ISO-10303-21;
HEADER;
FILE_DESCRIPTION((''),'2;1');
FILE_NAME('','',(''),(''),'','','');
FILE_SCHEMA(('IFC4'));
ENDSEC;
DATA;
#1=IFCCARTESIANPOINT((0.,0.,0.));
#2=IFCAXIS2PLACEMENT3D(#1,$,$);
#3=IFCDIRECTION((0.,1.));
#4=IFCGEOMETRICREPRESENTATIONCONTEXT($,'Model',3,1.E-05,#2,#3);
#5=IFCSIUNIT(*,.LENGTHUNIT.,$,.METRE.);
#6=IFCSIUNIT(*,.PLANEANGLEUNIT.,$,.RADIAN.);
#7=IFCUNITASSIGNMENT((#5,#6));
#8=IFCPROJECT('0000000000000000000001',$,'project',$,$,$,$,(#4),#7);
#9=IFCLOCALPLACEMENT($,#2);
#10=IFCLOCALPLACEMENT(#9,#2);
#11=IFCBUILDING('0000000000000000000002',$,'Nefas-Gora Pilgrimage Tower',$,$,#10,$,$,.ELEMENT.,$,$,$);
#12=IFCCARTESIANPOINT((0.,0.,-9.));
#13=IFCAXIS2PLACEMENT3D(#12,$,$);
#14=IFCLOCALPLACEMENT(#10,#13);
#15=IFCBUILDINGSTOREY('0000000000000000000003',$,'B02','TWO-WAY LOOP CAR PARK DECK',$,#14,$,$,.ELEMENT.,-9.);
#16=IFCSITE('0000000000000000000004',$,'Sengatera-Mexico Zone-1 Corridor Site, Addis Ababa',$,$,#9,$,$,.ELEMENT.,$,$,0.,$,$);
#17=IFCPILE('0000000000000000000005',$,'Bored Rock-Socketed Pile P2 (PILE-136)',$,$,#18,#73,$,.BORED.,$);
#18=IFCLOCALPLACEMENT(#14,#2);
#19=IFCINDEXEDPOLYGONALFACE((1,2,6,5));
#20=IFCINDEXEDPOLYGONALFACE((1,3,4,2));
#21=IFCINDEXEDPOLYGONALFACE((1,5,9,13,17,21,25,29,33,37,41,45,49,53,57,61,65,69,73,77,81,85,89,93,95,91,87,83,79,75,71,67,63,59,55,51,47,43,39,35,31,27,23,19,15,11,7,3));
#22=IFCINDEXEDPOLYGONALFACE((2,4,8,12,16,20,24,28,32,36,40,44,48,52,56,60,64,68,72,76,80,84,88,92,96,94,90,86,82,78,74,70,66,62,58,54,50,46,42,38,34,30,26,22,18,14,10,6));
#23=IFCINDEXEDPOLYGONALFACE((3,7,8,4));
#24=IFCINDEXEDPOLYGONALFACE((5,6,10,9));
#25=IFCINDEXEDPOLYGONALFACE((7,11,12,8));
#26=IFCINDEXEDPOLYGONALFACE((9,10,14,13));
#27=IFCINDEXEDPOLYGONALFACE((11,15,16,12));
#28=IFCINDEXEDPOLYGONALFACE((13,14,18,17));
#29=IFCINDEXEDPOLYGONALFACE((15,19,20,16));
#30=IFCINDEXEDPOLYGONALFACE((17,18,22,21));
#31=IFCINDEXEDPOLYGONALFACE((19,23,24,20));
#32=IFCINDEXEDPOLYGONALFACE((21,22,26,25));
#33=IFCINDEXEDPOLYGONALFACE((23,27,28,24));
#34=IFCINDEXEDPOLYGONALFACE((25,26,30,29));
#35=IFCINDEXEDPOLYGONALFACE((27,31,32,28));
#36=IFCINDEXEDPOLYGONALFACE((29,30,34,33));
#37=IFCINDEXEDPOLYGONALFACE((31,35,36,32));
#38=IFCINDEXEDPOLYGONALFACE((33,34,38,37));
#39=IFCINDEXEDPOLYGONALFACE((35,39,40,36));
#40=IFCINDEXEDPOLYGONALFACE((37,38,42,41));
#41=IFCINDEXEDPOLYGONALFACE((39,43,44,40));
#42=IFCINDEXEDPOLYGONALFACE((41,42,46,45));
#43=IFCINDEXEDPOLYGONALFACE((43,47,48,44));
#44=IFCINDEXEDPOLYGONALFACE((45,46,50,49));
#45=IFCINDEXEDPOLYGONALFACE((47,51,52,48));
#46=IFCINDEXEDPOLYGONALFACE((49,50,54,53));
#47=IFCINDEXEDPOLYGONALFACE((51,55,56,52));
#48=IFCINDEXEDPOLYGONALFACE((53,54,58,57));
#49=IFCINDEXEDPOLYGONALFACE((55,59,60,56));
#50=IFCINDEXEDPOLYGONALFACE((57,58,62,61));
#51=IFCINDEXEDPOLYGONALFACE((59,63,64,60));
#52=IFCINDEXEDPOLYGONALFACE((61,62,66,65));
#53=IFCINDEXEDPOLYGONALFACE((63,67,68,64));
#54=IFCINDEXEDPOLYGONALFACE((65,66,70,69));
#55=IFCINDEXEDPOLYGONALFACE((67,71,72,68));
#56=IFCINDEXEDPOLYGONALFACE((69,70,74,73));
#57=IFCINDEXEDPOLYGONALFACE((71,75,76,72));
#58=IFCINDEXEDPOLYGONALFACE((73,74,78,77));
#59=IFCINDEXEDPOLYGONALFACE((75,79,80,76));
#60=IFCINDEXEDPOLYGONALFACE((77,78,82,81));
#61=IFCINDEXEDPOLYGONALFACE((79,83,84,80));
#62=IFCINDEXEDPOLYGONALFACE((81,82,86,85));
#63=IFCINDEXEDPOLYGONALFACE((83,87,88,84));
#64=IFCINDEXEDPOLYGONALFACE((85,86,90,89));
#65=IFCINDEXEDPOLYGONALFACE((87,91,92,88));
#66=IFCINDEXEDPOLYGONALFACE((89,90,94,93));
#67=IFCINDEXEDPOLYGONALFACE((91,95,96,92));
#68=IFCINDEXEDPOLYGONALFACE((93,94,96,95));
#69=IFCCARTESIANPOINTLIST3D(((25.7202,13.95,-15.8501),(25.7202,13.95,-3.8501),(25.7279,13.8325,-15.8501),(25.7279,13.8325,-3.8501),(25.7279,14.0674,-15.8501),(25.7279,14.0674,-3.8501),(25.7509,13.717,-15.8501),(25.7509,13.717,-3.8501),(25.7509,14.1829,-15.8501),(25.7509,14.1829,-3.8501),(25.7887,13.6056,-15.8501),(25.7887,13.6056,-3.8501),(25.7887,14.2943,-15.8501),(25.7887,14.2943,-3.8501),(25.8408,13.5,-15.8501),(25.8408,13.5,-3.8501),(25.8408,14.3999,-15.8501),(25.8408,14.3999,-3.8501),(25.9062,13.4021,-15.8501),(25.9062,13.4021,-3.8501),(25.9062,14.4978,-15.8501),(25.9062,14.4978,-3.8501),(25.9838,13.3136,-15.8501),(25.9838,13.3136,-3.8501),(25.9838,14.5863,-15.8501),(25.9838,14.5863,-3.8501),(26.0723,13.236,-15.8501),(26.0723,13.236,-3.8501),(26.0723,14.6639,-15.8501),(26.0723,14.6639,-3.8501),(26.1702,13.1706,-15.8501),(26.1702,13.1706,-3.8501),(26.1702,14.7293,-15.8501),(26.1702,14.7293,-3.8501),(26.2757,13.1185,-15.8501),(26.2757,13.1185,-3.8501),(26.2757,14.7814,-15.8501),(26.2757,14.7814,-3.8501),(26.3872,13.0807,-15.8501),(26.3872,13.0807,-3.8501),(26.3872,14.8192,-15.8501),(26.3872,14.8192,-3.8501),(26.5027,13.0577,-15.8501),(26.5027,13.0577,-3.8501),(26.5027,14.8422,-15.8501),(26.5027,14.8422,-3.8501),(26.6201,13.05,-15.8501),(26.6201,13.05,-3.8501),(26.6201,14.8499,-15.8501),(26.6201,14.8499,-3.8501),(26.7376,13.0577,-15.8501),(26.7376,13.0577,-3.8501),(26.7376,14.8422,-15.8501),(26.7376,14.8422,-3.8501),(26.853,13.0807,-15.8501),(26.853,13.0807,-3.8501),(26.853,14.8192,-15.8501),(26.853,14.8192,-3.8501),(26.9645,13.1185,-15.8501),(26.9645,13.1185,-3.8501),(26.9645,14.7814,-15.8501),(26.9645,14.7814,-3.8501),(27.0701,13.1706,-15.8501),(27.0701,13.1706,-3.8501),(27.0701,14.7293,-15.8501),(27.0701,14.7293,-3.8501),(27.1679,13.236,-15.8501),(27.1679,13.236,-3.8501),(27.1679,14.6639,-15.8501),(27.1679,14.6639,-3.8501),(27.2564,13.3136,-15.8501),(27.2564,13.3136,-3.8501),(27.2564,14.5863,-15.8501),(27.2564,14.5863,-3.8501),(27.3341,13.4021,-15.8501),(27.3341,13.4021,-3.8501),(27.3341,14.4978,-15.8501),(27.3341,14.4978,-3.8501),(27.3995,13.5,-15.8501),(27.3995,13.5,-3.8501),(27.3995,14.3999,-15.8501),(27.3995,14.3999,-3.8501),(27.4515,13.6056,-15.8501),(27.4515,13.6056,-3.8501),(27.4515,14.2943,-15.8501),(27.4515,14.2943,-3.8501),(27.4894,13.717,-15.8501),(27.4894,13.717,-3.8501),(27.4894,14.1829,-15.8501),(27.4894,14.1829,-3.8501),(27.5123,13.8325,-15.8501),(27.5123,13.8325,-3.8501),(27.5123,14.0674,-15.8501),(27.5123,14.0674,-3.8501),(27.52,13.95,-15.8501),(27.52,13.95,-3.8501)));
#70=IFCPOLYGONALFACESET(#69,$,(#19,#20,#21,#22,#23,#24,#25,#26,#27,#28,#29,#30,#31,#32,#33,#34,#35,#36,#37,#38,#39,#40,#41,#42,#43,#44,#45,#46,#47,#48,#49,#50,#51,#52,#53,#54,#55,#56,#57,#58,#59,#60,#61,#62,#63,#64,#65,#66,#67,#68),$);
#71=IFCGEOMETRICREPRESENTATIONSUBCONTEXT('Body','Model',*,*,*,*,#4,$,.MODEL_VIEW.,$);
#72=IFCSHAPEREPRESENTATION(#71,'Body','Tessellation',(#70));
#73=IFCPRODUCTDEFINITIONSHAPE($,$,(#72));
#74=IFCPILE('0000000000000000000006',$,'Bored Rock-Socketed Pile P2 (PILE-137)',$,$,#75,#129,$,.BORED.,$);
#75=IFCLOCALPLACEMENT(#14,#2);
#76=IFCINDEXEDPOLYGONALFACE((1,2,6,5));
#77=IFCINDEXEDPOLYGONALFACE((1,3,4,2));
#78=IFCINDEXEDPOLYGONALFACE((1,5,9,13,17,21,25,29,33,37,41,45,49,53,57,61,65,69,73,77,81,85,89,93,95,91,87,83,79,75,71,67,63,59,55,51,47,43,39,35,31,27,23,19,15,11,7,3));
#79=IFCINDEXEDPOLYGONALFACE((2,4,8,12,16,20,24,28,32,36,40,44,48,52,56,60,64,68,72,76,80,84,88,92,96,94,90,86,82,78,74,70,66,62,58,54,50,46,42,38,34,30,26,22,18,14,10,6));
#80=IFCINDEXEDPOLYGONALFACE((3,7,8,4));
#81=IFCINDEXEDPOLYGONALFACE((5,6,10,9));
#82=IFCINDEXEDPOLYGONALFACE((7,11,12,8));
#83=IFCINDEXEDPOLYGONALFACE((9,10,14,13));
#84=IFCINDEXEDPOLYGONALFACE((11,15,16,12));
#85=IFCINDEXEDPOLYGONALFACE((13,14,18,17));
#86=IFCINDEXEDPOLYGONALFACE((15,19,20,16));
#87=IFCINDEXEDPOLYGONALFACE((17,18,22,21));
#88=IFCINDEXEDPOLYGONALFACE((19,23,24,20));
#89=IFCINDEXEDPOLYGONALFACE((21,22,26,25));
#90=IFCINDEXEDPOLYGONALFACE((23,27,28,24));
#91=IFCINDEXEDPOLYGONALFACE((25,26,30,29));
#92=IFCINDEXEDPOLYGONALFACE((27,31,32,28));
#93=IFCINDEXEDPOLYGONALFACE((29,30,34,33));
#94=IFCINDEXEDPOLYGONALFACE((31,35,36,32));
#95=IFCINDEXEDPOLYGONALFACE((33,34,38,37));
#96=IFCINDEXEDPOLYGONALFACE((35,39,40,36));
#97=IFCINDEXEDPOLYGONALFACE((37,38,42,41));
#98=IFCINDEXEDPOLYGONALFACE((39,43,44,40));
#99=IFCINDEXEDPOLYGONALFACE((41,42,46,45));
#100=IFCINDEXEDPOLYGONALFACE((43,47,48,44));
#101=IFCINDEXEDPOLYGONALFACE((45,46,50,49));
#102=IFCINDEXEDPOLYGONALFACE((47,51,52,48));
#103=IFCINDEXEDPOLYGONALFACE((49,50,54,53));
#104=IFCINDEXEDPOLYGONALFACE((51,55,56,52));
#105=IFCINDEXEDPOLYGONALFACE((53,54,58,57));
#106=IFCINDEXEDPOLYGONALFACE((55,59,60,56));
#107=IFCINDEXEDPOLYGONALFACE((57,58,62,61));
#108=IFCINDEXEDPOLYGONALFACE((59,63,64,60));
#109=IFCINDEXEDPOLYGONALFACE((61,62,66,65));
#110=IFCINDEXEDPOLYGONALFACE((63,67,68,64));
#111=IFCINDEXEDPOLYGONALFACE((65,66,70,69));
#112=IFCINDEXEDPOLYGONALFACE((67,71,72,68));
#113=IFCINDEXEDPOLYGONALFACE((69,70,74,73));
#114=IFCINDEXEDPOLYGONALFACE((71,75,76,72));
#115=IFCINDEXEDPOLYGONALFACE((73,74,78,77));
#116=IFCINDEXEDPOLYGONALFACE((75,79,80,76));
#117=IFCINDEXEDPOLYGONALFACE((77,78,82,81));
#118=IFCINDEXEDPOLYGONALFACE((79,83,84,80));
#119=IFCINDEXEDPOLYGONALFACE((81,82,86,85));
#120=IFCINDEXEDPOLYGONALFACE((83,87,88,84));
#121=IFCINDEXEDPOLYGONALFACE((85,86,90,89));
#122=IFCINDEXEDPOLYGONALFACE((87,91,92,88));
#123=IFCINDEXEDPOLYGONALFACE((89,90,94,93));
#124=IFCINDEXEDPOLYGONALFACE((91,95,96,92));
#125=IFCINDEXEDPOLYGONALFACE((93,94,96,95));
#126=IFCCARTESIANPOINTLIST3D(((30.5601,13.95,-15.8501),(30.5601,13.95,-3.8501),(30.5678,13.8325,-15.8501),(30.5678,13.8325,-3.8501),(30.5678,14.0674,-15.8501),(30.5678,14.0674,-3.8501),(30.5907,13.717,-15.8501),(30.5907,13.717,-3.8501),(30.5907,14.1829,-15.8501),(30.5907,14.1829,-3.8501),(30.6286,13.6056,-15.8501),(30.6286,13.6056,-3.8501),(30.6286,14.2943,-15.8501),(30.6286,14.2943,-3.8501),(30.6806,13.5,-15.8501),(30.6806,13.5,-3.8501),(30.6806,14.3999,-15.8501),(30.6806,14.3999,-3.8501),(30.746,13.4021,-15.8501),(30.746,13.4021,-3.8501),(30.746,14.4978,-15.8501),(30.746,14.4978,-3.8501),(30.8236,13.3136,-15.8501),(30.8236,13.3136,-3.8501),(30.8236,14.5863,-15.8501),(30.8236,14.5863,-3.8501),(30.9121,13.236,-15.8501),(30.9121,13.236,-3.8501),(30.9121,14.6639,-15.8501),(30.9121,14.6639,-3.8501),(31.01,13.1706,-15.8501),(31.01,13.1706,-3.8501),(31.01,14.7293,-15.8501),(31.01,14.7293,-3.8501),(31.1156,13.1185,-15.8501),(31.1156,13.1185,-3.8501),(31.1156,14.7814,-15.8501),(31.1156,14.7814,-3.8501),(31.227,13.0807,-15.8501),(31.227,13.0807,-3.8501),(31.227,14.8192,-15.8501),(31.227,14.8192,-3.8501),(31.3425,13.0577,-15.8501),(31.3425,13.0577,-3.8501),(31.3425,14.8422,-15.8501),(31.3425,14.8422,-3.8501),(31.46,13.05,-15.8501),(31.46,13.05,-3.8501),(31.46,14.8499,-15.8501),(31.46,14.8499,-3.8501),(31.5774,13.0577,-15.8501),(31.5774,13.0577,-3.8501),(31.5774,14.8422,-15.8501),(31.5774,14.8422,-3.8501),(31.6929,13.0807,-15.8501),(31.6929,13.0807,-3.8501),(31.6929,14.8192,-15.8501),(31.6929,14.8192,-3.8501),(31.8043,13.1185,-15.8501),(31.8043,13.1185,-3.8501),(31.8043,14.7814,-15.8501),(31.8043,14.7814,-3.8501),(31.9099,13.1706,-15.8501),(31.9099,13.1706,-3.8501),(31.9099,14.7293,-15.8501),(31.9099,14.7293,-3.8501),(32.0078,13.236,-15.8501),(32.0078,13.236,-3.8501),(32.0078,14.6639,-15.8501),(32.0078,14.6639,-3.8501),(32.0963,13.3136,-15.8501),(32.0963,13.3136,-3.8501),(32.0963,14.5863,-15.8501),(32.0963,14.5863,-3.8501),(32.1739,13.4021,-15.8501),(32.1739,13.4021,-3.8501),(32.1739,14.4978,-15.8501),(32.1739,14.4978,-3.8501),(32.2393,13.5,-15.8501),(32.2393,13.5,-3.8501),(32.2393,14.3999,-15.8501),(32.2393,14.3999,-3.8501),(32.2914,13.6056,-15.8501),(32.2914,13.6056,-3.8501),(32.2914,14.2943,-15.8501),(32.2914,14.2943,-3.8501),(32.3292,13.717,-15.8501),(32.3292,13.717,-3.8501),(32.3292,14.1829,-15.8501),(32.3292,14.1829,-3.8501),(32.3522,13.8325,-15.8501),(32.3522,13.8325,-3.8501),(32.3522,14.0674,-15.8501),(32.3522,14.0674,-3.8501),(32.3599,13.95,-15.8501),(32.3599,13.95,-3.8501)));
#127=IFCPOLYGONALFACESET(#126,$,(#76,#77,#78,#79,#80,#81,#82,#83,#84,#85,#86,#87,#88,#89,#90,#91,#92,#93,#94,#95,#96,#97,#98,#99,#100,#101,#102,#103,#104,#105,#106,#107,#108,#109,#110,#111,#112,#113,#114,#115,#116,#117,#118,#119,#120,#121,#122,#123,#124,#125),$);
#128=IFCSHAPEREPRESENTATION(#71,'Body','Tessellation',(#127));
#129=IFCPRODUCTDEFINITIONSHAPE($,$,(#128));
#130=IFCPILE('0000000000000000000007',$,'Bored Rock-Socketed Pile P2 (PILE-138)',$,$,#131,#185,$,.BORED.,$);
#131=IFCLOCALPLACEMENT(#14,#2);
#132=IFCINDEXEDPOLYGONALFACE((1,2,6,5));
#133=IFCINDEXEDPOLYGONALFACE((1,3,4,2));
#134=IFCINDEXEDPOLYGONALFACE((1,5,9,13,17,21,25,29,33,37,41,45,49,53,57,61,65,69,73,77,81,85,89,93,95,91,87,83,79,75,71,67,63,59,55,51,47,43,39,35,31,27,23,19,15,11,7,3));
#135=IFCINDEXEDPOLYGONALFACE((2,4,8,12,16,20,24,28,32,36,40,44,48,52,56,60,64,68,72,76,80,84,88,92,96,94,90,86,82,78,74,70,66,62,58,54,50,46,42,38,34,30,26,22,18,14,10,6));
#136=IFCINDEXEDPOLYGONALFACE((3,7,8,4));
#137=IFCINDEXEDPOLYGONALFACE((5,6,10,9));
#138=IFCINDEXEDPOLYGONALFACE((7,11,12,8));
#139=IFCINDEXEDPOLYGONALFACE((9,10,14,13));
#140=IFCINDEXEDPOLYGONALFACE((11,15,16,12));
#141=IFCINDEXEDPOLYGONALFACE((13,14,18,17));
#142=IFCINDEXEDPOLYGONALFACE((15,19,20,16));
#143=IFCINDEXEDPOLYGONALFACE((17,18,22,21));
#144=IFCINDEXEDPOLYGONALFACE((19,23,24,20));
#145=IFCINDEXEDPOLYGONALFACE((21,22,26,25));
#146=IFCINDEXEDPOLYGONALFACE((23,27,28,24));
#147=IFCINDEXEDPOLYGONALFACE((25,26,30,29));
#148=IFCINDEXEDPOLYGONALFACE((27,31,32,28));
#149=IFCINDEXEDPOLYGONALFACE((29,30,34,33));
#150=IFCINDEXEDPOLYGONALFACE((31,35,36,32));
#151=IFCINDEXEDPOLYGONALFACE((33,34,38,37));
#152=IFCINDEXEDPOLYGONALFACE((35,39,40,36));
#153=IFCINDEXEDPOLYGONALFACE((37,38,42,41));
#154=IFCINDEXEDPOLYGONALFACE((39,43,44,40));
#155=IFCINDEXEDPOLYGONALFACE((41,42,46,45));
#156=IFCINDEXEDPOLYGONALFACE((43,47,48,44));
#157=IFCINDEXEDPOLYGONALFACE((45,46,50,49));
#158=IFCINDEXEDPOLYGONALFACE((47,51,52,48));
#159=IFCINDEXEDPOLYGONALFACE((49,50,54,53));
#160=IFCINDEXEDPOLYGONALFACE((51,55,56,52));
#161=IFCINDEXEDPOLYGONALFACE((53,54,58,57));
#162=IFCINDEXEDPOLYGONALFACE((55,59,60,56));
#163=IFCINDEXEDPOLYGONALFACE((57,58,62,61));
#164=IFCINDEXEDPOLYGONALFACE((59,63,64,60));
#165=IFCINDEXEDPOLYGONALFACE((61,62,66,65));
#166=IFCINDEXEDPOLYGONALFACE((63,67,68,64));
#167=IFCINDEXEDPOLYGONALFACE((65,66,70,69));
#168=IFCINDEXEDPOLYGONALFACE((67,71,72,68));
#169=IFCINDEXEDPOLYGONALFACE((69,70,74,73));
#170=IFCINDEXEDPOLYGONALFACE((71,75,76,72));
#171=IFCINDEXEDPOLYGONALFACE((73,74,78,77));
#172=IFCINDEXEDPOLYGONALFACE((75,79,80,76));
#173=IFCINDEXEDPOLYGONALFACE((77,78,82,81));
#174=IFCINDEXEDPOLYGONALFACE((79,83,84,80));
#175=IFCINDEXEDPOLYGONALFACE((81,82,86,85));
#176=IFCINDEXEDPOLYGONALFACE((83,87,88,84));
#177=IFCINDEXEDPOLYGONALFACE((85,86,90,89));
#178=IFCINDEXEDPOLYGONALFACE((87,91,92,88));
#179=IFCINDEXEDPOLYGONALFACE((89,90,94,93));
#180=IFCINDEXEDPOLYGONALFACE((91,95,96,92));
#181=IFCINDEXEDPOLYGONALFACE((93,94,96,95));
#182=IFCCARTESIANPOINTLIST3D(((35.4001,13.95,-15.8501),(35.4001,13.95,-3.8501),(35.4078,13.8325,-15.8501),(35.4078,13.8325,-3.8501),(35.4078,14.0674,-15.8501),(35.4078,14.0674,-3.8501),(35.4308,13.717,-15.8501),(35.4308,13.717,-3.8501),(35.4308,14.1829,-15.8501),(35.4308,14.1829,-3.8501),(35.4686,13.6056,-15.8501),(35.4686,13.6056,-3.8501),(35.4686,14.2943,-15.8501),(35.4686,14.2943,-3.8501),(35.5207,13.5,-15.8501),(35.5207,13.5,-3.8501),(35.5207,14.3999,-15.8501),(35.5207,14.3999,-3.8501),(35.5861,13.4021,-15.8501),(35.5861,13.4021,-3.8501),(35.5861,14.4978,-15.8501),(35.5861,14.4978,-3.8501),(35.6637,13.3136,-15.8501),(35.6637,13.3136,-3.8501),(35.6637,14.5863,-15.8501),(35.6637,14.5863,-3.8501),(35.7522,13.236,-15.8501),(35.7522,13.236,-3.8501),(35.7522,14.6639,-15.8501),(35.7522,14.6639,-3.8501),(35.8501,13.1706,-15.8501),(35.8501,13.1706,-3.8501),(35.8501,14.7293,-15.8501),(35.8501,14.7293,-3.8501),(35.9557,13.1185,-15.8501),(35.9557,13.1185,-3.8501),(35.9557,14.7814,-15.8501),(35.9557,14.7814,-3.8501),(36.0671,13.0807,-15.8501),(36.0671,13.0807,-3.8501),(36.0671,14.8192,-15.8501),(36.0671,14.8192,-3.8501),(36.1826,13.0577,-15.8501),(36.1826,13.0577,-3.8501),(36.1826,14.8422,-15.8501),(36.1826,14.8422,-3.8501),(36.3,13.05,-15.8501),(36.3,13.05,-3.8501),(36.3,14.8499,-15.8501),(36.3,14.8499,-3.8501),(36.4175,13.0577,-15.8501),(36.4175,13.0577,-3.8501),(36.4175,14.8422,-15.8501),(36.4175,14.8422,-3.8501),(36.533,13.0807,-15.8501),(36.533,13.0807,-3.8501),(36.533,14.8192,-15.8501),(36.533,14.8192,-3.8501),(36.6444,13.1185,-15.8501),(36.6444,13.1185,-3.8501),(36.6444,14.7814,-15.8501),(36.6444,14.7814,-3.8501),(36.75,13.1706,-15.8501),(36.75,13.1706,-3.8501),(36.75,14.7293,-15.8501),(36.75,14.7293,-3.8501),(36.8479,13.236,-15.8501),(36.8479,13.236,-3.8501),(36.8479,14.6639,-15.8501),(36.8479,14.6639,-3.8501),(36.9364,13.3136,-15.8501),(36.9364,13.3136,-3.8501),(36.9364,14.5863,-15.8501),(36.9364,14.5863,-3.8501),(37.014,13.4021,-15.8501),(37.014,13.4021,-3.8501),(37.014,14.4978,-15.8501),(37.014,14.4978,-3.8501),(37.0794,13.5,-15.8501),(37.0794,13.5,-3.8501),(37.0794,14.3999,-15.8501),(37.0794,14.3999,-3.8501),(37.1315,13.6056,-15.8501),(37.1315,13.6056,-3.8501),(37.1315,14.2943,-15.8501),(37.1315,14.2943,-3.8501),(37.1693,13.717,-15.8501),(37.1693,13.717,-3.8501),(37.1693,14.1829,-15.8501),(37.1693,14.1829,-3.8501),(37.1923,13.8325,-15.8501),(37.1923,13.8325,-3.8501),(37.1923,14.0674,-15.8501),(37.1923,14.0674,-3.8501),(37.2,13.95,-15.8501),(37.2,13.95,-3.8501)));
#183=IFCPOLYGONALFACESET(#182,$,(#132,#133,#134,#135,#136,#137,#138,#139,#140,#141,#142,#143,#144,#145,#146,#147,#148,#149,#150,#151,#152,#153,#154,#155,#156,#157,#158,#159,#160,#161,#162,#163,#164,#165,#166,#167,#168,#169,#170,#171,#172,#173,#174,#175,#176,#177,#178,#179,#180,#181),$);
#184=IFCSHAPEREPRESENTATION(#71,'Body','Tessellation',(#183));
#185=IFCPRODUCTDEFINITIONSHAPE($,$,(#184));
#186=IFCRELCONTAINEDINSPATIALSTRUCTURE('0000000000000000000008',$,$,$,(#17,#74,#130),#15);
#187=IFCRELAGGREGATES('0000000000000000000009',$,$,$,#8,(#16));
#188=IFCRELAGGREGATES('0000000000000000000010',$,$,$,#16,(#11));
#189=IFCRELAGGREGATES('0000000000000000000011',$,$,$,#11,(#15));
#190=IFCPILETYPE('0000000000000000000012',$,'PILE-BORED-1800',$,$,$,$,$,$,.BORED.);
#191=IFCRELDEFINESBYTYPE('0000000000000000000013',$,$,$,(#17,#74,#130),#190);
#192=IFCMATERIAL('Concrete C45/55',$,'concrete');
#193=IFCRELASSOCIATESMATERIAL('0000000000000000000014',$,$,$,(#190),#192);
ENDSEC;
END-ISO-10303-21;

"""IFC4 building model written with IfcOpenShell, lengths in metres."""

from ifc_helpers import new_model, si_unit, direction, frame, origin, origin_2d, place, context, subcontext, project, spatial, circle, extrude, source, transform, mapped, material, material_profile, profile_set, type_object, element, save


model = new_model("IFC4")

# Units and contexts
model_context = context("Model", 3, precision=1e-05, world=origin(), true_north=direction((0.0, 1.0)))
body_context = subcontext(model_context, "Body", "Model", "MODEL_VIEW")
ifc_project = project(units=[si_unit("LENGTHUNIT", "METRE"), si_unit("PLANEANGLEUNIT", "RADIAN")], contexts=[model_context])

# Site, building, storey
site_placement = place(None, origin())
site = spatial("IfcSite", under=ifc_project, at=site_placement, Name="Sengatera-Mexico Zone-1 Corridor Site, Addis Ababa", CompositionType="ELEMENT", RefElevation=0.0)
building_placement = place(site_placement, origin())
building = spatial("IfcBuilding", under=site, at=building_placement, Name="Nefas-Gora Pilgrimage Tower", CompositionType="ELEMENT")
storey_placement = place(building_placement, frame((0.0, 0.0, -9.0)))
storey = spatial("IfcBuildingStorey", under=building, at=storey_placement, Name="B02", Description="TWO-WAY LOOP CAR PARK DECK", CompositionType="ELEMENT", Elevation=-9.0)

# Piles
ifc_material_1 = material(Name="Concrete C45/55", Category="concrete")
ifc_material_profile_1 = material_profile(ifc_material_1, circle(Radius=0.8999, at=origin_2d()), Name="PILE D1800")
ifc_profile_set_1 = profile_set([ifc_material_profile_1], Name="Concrete C45/55")
pile_type = type_object("IfcPileType", Name="PILE-BORED-1800", PredefinedType="BORED", material=ifc_profile_set_1)
shared_shape_1 = source(origin(), body_context, "Body", "SweptSolid", [
    extrude(circle(Radius=0.8999, at=origin_2d()), origin(), (0.0, 0.0, 1.0), 12.0),
])
for number, where, z_axis, x_axis, name in (
    (1, (26.6201, 13.95, -3.8501), (0.0, 0.0, -1.0), (1.0, 0.0, 0.0), "Bored Rock-Socketed Pile P2 (PILE-136)"),
    (2, (31.46, 13.95, -3.8501), (0.0, 0.0, -1.0), (1.0, 0.0, 0.0), "Bored Rock-Socketed Pile P2 (PILE-137)"),
    (3, (36.3, 13.95, -3.8501), (0.0, 0.0, -1.0), (1.0, 0.0, 0.0), "Bored Rock-Socketed Pile P2 (PILE-138)"),
):
    element("IfcPile", number, at=place(storey_placement, frame(where, z_axis=z_axis, x_axis=x_axis)), inside=storey, type_object=pile_type, Name=name, PredefinedType="BORED", context=body_context, shape_type="MappedRepresentation", body=[
        mapped(shared_shape_1, transform((0.0, 0.0, 0.0), x_axis=(1.0, 0.0, 0.0), y_axis=(0.0, 1.0, 0.0), z_axis=(0.0, 0.0, 1.0), scale=1.0)),
    ])

save(model, "model.ifc")
